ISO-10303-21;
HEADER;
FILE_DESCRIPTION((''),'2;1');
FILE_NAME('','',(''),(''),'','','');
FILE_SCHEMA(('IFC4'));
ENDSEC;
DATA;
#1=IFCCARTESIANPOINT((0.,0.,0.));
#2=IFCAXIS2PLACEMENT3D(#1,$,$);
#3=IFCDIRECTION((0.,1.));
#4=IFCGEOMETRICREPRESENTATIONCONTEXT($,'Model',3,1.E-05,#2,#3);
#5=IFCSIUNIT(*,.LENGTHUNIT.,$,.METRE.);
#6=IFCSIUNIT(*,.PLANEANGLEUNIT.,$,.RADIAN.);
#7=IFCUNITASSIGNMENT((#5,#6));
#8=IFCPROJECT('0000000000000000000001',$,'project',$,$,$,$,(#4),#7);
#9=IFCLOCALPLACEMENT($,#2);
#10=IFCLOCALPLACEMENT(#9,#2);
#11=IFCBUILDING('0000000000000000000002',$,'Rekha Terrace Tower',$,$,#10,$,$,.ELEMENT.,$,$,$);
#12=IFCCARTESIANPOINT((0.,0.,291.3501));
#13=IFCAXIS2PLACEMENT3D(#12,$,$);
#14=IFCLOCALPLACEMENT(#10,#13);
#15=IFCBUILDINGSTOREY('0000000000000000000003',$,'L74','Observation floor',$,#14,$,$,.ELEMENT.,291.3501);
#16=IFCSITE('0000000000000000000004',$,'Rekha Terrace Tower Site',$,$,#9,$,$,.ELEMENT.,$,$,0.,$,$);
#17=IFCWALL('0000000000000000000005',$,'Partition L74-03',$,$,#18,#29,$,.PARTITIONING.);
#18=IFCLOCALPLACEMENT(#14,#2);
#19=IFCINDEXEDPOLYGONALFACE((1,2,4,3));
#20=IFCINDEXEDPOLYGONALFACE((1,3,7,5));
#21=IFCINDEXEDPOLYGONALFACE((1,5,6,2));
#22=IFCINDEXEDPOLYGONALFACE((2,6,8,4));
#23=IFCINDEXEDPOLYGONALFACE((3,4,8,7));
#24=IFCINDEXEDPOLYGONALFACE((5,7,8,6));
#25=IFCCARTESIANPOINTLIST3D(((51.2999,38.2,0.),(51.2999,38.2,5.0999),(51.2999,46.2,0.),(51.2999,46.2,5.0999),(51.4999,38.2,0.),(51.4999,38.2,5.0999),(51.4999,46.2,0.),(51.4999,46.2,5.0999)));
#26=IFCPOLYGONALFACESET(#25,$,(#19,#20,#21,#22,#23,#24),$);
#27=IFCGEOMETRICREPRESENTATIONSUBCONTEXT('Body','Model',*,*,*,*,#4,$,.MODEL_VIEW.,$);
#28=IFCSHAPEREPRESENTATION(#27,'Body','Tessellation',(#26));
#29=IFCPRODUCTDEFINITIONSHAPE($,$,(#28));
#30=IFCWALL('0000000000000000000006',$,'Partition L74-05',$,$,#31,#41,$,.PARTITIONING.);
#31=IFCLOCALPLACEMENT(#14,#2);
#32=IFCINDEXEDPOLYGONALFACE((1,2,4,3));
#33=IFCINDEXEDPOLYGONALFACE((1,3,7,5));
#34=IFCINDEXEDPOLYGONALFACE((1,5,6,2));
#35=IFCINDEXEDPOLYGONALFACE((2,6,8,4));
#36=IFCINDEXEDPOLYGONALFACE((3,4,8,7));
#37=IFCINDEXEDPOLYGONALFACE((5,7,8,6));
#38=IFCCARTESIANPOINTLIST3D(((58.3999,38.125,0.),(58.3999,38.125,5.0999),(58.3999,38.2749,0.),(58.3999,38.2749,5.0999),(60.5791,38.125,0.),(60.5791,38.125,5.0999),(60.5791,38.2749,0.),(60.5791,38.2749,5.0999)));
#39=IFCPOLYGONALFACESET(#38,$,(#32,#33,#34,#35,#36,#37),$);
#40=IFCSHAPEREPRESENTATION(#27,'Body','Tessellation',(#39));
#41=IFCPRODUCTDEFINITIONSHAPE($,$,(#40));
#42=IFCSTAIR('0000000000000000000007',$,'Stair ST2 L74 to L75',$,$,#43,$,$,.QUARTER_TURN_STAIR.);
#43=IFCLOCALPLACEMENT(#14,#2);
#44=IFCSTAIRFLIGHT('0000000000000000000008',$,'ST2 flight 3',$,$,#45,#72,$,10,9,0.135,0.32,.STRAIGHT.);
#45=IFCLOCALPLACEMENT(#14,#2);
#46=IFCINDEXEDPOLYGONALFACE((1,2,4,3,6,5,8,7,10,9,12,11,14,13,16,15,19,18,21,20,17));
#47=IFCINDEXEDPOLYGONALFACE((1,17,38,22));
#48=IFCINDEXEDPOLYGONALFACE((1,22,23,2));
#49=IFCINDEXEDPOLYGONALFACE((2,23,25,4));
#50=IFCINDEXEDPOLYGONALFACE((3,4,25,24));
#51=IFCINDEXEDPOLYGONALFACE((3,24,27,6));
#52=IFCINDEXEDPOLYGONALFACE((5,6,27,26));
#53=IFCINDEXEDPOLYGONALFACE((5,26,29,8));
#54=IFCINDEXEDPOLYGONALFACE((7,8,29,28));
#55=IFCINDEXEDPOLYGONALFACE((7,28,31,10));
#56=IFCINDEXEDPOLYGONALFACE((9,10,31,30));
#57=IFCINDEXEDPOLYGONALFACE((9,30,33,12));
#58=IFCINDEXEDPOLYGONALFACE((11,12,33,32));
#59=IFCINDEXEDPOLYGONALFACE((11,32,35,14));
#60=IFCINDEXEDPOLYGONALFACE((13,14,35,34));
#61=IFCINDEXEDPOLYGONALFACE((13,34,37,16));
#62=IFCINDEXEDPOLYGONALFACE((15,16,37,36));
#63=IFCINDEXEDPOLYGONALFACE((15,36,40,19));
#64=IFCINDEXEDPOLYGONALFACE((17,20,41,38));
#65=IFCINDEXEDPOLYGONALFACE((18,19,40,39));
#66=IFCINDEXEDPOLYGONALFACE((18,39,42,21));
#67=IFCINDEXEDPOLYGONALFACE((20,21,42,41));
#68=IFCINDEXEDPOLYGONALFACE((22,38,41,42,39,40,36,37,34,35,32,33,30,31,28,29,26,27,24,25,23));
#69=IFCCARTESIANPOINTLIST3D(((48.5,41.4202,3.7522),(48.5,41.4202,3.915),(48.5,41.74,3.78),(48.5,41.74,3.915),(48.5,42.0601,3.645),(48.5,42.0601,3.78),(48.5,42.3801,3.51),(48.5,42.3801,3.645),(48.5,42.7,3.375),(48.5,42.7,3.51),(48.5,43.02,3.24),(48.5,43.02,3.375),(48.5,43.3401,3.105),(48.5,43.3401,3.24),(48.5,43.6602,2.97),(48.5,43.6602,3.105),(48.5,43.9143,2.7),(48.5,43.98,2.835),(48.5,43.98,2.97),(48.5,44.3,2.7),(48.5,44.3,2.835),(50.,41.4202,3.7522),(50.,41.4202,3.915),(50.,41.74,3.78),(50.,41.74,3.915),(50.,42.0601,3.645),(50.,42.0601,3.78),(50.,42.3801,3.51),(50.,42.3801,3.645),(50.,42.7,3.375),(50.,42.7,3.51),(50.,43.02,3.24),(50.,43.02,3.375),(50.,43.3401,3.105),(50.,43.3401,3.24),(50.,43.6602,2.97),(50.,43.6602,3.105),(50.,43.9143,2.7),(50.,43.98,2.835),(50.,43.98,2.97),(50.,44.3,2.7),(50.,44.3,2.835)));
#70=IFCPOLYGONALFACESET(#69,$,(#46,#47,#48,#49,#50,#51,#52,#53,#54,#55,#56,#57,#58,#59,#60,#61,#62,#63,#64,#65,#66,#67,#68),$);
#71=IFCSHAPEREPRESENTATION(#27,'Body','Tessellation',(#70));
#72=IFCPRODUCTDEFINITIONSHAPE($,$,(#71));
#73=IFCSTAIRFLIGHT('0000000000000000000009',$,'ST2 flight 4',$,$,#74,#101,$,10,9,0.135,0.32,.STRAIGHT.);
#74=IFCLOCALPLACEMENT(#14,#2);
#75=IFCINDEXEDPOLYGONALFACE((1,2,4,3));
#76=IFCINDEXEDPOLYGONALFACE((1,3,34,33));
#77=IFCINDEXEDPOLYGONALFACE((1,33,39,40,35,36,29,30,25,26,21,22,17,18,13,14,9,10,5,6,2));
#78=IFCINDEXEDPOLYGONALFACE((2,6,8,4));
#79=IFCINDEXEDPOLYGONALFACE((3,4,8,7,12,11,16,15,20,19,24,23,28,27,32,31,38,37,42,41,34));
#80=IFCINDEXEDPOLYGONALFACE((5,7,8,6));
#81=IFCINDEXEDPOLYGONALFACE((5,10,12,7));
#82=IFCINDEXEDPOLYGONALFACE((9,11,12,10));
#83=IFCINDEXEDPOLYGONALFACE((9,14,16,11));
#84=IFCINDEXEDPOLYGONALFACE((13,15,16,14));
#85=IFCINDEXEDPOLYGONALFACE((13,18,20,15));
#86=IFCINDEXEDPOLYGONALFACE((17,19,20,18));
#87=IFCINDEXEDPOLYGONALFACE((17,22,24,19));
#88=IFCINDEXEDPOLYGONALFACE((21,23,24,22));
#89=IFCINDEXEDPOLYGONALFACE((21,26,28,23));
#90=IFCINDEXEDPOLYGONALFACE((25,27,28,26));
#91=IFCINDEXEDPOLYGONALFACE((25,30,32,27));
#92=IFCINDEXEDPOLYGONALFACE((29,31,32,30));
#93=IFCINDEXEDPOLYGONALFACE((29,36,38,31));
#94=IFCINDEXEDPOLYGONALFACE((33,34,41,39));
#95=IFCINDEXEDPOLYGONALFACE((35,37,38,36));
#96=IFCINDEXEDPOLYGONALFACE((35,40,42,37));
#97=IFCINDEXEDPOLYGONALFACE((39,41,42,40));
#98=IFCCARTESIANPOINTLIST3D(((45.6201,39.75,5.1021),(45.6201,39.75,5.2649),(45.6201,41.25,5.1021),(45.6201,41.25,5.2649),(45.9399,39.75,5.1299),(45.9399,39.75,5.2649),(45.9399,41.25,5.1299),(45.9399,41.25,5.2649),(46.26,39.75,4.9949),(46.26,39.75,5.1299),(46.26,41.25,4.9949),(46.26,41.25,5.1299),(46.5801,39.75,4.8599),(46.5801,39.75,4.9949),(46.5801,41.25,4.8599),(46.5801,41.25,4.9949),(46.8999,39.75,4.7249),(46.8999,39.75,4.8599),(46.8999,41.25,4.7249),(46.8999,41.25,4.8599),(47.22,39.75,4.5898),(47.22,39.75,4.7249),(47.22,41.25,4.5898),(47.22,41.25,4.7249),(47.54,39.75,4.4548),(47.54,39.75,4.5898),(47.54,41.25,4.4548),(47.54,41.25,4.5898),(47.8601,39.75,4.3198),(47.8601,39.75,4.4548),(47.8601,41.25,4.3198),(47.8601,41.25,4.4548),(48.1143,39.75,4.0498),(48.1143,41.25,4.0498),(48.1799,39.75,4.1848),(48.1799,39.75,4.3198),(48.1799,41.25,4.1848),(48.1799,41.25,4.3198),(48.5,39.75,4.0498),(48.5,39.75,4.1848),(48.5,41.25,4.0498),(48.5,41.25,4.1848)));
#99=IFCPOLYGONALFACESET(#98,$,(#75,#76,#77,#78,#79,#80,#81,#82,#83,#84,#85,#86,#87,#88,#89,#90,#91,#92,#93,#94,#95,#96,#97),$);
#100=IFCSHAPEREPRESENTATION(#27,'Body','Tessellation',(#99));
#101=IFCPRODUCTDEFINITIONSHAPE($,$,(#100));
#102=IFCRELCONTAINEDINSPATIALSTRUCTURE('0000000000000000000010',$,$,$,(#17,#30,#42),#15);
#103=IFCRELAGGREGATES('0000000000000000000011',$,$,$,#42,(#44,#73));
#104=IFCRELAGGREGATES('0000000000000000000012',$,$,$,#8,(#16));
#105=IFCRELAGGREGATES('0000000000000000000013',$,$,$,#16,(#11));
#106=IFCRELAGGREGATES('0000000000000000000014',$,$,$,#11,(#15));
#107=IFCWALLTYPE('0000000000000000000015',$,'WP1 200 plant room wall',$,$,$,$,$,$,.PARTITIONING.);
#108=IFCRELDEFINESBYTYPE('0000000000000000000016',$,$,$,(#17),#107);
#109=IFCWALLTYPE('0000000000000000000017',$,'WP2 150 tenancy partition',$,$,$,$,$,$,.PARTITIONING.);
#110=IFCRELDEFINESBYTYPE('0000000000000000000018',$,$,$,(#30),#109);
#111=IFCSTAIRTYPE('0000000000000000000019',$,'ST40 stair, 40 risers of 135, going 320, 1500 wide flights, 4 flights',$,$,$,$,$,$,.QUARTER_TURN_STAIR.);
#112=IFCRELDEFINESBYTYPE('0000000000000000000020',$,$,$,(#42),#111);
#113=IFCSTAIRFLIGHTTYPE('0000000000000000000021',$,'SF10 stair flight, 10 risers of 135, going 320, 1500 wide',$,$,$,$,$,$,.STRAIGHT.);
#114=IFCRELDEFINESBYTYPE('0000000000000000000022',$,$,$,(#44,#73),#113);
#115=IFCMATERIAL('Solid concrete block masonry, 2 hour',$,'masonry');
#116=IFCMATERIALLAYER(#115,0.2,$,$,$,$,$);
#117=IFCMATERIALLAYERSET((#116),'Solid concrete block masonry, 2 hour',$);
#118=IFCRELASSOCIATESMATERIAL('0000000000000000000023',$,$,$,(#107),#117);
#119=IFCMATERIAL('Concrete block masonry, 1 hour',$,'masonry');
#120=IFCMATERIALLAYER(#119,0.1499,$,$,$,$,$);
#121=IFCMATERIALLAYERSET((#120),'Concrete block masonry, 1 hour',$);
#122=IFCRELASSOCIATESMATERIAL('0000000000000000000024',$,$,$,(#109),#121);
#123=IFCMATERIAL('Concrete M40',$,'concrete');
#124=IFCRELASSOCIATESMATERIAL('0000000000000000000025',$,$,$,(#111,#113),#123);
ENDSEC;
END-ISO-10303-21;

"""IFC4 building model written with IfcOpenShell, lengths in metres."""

from ifc_helpers import new_model, si_unit, direction, frame, frame_2d, origin, place, context, subcontext, project, spatial, polyline, rectangle, outline, extrude, material, layer, layer_set, type_object, element, aggregate, save


model = new_model("IFC4")

# Units and contexts
model_context = context("Model", 3, precision=1e-05, world=origin(), true_north=direction((0.0, 1.0)))
body_context = subcontext(model_context, "Body", "Model", "MODEL_VIEW")
ifc_project = project(units=[si_unit("LENGTHUNIT", "METRE"), si_unit("PLANEANGLEUNIT", "RADIAN")], contexts=[model_context])

# Site, building, storey
site_placement = place(None, origin())
site = spatial("IfcSite", under=ifc_project, at=site_placement, Name="Rekha Terrace Tower Site", CompositionType="ELEMENT", RefElevation=0.0)
building_placement = place(site_placement, origin())
building = spatial("IfcBuilding", under=site, at=building_placement, Name="Rekha Terrace Tower", CompositionType="ELEMENT")
storey_placement = place(building_placement, frame((0.0, 0.0, 291.3501)))
storey = spatial("IfcBuildingStorey", under=building, at=storey_placement, Name="L74", Description="Observation floor", CompositionType="ELEMENT", Elevation=291.3501)

# Walls
ifc_material_1 = material(Name="Concrete M40", Category="concrete")
ifc_material_2 = material(Name="Solid concrete block masonry, 2 hour", Category="masonry")
ifc_layer_1 = layer(ifc_material_2, 0.2)
ifc_layer_set_1 = layer_set([ifc_layer_1], Name="Solid concrete block masonry, 2 hour")
wall_type_1 = type_object("IfcWallType", Name="WP1 200 plant room wall", PredefinedType="PARTITIONING", material=ifc_layer_set_1)
wall_1_placement = place(storey_placement, frame((51.3999, 38.2, 0.0), z_axis=(0.0, 0.0, 1.0), x_axis=(0.0, 1.0, 0.0)))
element("IfcWall", 1, at=wall_1_placement, inside=storey, type_object=wall_type_1, Name="Partition L74-03", PredefinedType="PARTITIONING", context=body_context, shape_type="SweptSolid", body=[
    extrude(rectangle(XDim=8.0, YDim=0.2, at=frame_2d((4.0, 0.0))), origin(), (0.0, 0.0, 1.0), 5.0999),
])
ifc_material_3 = material(Name="Concrete block masonry, 1 hour", Category="masonry")
ifc_layer_2 = layer(ifc_material_3, 0.1499)
ifc_layer_set_2 = layer_set([ifc_layer_2], Name="Concrete block masonry, 1 hour")
wall_type_2 = type_object("IfcWallType", Name="WP2 150 tenancy partition", PredefinedType="PARTITIONING", material=ifc_layer_set_2)
wall_2_placement = place(storey_placement, frame((58.3999, 38.2, 0.0), z_axis=(0.0, 0.0, 1.0), x_axis=(1.0, 0.0, 0.0)))
element("IfcWall", 2, at=wall_2_placement, inside=storey, type_object=wall_type_2, Name="Partition L74-05", PredefinedType="PARTITIONING", context=body_context, shape_type="SweptSolid", body=[
    extrude(rectangle(XDim=2.1792, YDim=0.1499, at=frame_2d((1.0896, 0.0))), origin(), (0.0, 0.0, 1.0), 5.0999),
])

# Stair, stair flights
stair_type = type_object("IfcStairType", Name="ST40 stair, 40 risers of 135, going 320, 1500 wide flights, 4 flights", PredefinedType="QUARTER_TURN_STAIR", material=ifc_material_1)
stair_placement = place(storey_placement, origin())
stair = element("IfcStair", 3, at=stair_placement, inside=storey, type_object=stair_type, Name="Stair ST2 L74 to L75", PredefinedType="QUARTER_TURN_STAIR")
stair_flight_type = type_object("IfcStairFlightType", Name="SF10 stair flight, 10 risers of 135, going 320, 1500 wide", PredefinedType="STRAIGHT", material=ifc_material_1)
stair_flight_1_placement = place(storey_placement, frame((49.25, 44.3, 2.7), z_axis=(0.0, 0.0, 1.0), x_axis=(0.0, -1.0, 0.0)))
stair_flight_1 = element("IfcStairFlight", 4, at=stair_flight_1_placement, type_object=stair_flight_type, Name="ST2 flight 3", NumberOfRisers=10, NumberOfTreads=9, PredefinedType="STRAIGHT", RiserHeight=0.135, TreadLength=0.32, context=body_context, shape_type="SweptSolid", body=[
    extrude(outline(polyline([(0.0, 0.0), (0.0, 0.135), (0.3201, 0.135), (0.3201, 0.27), (0.6399, 0.27), (0.6399, 0.405), (0.96, 0.405), (0.96, 0.54), (1.28, 0.54), (1.28, 0.675), (1.6001, 0.675), (1.6001, 0.8101), (1.9199, 0.8101), (1.9199, 0.9451), (2.24, 0.9451), (2.24, 1.0801), (2.5601, 1.0801), (2.5601, 1.2151), (2.8799, 1.2151), (2.8799, 1.3501), (2.8799, 1.0522), (0.3857, 0.0), (0.0, 0.0)])), frame((0.0, 0.75, 0.0), z_axis=(0.0, -1.0, 0.0), x_axis=(1.0, 0.0, 0.0)), (0.0, 0.0, 1.0), 1.5),
])
stair_flight_2_placement = place(storey_placement, frame((48.5, 40.5, 4.0498), z_axis=(0.0, 0.0, 1.0), x_axis=(-1.0, 0.0, 0.0)))
stair_flight_2 = element("IfcStairFlight", 5, at=stair_flight_2_placement, type_object=stair_flight_type, Name="ST2 flight 4", NumberOfRisers=10, NumberOfTreads=9, PredefinedType="STRAIGHT", RiserHeight=0.135, TreadLength=0.32, context=body_context, shape_type="SweptSolid", body=[
    extrude(outline(polyline([(0.0, 0.0), (0.0, 0.135), (0.3201, 0.135), (0.3201, 0.27), (0.6399, 0.27), (0.6399, 0.405), (0.96, 0.405), (0.96, 0.54), (1.28, 0.54), (1.28, 0.675), (1.6001, 0.675), (1.6001, 0.8101), (1.9199, 0.8101), (1.9199, 0.9451), (2.24, 0.9451), (2.24, 1.0801), (2.5601, 1.0801), (2.5601, 1.2151), (2.8799, 1.2151), (2.8799, 1.3501), (2.8799, 1.0522), (0.3857, 0.0), (0.0, 0.0)])), frame((0.0, 0.75, 0.0), z_axis=(0.0, -1.0, 0.0), x_axis=(1.0, 0.0, 0.0)), (0.0, 0.0, 1.0), 1.5),
])
aggregate(stair, [stair_flight_1, stair_flight_2])

save(model, "model.ifc")
